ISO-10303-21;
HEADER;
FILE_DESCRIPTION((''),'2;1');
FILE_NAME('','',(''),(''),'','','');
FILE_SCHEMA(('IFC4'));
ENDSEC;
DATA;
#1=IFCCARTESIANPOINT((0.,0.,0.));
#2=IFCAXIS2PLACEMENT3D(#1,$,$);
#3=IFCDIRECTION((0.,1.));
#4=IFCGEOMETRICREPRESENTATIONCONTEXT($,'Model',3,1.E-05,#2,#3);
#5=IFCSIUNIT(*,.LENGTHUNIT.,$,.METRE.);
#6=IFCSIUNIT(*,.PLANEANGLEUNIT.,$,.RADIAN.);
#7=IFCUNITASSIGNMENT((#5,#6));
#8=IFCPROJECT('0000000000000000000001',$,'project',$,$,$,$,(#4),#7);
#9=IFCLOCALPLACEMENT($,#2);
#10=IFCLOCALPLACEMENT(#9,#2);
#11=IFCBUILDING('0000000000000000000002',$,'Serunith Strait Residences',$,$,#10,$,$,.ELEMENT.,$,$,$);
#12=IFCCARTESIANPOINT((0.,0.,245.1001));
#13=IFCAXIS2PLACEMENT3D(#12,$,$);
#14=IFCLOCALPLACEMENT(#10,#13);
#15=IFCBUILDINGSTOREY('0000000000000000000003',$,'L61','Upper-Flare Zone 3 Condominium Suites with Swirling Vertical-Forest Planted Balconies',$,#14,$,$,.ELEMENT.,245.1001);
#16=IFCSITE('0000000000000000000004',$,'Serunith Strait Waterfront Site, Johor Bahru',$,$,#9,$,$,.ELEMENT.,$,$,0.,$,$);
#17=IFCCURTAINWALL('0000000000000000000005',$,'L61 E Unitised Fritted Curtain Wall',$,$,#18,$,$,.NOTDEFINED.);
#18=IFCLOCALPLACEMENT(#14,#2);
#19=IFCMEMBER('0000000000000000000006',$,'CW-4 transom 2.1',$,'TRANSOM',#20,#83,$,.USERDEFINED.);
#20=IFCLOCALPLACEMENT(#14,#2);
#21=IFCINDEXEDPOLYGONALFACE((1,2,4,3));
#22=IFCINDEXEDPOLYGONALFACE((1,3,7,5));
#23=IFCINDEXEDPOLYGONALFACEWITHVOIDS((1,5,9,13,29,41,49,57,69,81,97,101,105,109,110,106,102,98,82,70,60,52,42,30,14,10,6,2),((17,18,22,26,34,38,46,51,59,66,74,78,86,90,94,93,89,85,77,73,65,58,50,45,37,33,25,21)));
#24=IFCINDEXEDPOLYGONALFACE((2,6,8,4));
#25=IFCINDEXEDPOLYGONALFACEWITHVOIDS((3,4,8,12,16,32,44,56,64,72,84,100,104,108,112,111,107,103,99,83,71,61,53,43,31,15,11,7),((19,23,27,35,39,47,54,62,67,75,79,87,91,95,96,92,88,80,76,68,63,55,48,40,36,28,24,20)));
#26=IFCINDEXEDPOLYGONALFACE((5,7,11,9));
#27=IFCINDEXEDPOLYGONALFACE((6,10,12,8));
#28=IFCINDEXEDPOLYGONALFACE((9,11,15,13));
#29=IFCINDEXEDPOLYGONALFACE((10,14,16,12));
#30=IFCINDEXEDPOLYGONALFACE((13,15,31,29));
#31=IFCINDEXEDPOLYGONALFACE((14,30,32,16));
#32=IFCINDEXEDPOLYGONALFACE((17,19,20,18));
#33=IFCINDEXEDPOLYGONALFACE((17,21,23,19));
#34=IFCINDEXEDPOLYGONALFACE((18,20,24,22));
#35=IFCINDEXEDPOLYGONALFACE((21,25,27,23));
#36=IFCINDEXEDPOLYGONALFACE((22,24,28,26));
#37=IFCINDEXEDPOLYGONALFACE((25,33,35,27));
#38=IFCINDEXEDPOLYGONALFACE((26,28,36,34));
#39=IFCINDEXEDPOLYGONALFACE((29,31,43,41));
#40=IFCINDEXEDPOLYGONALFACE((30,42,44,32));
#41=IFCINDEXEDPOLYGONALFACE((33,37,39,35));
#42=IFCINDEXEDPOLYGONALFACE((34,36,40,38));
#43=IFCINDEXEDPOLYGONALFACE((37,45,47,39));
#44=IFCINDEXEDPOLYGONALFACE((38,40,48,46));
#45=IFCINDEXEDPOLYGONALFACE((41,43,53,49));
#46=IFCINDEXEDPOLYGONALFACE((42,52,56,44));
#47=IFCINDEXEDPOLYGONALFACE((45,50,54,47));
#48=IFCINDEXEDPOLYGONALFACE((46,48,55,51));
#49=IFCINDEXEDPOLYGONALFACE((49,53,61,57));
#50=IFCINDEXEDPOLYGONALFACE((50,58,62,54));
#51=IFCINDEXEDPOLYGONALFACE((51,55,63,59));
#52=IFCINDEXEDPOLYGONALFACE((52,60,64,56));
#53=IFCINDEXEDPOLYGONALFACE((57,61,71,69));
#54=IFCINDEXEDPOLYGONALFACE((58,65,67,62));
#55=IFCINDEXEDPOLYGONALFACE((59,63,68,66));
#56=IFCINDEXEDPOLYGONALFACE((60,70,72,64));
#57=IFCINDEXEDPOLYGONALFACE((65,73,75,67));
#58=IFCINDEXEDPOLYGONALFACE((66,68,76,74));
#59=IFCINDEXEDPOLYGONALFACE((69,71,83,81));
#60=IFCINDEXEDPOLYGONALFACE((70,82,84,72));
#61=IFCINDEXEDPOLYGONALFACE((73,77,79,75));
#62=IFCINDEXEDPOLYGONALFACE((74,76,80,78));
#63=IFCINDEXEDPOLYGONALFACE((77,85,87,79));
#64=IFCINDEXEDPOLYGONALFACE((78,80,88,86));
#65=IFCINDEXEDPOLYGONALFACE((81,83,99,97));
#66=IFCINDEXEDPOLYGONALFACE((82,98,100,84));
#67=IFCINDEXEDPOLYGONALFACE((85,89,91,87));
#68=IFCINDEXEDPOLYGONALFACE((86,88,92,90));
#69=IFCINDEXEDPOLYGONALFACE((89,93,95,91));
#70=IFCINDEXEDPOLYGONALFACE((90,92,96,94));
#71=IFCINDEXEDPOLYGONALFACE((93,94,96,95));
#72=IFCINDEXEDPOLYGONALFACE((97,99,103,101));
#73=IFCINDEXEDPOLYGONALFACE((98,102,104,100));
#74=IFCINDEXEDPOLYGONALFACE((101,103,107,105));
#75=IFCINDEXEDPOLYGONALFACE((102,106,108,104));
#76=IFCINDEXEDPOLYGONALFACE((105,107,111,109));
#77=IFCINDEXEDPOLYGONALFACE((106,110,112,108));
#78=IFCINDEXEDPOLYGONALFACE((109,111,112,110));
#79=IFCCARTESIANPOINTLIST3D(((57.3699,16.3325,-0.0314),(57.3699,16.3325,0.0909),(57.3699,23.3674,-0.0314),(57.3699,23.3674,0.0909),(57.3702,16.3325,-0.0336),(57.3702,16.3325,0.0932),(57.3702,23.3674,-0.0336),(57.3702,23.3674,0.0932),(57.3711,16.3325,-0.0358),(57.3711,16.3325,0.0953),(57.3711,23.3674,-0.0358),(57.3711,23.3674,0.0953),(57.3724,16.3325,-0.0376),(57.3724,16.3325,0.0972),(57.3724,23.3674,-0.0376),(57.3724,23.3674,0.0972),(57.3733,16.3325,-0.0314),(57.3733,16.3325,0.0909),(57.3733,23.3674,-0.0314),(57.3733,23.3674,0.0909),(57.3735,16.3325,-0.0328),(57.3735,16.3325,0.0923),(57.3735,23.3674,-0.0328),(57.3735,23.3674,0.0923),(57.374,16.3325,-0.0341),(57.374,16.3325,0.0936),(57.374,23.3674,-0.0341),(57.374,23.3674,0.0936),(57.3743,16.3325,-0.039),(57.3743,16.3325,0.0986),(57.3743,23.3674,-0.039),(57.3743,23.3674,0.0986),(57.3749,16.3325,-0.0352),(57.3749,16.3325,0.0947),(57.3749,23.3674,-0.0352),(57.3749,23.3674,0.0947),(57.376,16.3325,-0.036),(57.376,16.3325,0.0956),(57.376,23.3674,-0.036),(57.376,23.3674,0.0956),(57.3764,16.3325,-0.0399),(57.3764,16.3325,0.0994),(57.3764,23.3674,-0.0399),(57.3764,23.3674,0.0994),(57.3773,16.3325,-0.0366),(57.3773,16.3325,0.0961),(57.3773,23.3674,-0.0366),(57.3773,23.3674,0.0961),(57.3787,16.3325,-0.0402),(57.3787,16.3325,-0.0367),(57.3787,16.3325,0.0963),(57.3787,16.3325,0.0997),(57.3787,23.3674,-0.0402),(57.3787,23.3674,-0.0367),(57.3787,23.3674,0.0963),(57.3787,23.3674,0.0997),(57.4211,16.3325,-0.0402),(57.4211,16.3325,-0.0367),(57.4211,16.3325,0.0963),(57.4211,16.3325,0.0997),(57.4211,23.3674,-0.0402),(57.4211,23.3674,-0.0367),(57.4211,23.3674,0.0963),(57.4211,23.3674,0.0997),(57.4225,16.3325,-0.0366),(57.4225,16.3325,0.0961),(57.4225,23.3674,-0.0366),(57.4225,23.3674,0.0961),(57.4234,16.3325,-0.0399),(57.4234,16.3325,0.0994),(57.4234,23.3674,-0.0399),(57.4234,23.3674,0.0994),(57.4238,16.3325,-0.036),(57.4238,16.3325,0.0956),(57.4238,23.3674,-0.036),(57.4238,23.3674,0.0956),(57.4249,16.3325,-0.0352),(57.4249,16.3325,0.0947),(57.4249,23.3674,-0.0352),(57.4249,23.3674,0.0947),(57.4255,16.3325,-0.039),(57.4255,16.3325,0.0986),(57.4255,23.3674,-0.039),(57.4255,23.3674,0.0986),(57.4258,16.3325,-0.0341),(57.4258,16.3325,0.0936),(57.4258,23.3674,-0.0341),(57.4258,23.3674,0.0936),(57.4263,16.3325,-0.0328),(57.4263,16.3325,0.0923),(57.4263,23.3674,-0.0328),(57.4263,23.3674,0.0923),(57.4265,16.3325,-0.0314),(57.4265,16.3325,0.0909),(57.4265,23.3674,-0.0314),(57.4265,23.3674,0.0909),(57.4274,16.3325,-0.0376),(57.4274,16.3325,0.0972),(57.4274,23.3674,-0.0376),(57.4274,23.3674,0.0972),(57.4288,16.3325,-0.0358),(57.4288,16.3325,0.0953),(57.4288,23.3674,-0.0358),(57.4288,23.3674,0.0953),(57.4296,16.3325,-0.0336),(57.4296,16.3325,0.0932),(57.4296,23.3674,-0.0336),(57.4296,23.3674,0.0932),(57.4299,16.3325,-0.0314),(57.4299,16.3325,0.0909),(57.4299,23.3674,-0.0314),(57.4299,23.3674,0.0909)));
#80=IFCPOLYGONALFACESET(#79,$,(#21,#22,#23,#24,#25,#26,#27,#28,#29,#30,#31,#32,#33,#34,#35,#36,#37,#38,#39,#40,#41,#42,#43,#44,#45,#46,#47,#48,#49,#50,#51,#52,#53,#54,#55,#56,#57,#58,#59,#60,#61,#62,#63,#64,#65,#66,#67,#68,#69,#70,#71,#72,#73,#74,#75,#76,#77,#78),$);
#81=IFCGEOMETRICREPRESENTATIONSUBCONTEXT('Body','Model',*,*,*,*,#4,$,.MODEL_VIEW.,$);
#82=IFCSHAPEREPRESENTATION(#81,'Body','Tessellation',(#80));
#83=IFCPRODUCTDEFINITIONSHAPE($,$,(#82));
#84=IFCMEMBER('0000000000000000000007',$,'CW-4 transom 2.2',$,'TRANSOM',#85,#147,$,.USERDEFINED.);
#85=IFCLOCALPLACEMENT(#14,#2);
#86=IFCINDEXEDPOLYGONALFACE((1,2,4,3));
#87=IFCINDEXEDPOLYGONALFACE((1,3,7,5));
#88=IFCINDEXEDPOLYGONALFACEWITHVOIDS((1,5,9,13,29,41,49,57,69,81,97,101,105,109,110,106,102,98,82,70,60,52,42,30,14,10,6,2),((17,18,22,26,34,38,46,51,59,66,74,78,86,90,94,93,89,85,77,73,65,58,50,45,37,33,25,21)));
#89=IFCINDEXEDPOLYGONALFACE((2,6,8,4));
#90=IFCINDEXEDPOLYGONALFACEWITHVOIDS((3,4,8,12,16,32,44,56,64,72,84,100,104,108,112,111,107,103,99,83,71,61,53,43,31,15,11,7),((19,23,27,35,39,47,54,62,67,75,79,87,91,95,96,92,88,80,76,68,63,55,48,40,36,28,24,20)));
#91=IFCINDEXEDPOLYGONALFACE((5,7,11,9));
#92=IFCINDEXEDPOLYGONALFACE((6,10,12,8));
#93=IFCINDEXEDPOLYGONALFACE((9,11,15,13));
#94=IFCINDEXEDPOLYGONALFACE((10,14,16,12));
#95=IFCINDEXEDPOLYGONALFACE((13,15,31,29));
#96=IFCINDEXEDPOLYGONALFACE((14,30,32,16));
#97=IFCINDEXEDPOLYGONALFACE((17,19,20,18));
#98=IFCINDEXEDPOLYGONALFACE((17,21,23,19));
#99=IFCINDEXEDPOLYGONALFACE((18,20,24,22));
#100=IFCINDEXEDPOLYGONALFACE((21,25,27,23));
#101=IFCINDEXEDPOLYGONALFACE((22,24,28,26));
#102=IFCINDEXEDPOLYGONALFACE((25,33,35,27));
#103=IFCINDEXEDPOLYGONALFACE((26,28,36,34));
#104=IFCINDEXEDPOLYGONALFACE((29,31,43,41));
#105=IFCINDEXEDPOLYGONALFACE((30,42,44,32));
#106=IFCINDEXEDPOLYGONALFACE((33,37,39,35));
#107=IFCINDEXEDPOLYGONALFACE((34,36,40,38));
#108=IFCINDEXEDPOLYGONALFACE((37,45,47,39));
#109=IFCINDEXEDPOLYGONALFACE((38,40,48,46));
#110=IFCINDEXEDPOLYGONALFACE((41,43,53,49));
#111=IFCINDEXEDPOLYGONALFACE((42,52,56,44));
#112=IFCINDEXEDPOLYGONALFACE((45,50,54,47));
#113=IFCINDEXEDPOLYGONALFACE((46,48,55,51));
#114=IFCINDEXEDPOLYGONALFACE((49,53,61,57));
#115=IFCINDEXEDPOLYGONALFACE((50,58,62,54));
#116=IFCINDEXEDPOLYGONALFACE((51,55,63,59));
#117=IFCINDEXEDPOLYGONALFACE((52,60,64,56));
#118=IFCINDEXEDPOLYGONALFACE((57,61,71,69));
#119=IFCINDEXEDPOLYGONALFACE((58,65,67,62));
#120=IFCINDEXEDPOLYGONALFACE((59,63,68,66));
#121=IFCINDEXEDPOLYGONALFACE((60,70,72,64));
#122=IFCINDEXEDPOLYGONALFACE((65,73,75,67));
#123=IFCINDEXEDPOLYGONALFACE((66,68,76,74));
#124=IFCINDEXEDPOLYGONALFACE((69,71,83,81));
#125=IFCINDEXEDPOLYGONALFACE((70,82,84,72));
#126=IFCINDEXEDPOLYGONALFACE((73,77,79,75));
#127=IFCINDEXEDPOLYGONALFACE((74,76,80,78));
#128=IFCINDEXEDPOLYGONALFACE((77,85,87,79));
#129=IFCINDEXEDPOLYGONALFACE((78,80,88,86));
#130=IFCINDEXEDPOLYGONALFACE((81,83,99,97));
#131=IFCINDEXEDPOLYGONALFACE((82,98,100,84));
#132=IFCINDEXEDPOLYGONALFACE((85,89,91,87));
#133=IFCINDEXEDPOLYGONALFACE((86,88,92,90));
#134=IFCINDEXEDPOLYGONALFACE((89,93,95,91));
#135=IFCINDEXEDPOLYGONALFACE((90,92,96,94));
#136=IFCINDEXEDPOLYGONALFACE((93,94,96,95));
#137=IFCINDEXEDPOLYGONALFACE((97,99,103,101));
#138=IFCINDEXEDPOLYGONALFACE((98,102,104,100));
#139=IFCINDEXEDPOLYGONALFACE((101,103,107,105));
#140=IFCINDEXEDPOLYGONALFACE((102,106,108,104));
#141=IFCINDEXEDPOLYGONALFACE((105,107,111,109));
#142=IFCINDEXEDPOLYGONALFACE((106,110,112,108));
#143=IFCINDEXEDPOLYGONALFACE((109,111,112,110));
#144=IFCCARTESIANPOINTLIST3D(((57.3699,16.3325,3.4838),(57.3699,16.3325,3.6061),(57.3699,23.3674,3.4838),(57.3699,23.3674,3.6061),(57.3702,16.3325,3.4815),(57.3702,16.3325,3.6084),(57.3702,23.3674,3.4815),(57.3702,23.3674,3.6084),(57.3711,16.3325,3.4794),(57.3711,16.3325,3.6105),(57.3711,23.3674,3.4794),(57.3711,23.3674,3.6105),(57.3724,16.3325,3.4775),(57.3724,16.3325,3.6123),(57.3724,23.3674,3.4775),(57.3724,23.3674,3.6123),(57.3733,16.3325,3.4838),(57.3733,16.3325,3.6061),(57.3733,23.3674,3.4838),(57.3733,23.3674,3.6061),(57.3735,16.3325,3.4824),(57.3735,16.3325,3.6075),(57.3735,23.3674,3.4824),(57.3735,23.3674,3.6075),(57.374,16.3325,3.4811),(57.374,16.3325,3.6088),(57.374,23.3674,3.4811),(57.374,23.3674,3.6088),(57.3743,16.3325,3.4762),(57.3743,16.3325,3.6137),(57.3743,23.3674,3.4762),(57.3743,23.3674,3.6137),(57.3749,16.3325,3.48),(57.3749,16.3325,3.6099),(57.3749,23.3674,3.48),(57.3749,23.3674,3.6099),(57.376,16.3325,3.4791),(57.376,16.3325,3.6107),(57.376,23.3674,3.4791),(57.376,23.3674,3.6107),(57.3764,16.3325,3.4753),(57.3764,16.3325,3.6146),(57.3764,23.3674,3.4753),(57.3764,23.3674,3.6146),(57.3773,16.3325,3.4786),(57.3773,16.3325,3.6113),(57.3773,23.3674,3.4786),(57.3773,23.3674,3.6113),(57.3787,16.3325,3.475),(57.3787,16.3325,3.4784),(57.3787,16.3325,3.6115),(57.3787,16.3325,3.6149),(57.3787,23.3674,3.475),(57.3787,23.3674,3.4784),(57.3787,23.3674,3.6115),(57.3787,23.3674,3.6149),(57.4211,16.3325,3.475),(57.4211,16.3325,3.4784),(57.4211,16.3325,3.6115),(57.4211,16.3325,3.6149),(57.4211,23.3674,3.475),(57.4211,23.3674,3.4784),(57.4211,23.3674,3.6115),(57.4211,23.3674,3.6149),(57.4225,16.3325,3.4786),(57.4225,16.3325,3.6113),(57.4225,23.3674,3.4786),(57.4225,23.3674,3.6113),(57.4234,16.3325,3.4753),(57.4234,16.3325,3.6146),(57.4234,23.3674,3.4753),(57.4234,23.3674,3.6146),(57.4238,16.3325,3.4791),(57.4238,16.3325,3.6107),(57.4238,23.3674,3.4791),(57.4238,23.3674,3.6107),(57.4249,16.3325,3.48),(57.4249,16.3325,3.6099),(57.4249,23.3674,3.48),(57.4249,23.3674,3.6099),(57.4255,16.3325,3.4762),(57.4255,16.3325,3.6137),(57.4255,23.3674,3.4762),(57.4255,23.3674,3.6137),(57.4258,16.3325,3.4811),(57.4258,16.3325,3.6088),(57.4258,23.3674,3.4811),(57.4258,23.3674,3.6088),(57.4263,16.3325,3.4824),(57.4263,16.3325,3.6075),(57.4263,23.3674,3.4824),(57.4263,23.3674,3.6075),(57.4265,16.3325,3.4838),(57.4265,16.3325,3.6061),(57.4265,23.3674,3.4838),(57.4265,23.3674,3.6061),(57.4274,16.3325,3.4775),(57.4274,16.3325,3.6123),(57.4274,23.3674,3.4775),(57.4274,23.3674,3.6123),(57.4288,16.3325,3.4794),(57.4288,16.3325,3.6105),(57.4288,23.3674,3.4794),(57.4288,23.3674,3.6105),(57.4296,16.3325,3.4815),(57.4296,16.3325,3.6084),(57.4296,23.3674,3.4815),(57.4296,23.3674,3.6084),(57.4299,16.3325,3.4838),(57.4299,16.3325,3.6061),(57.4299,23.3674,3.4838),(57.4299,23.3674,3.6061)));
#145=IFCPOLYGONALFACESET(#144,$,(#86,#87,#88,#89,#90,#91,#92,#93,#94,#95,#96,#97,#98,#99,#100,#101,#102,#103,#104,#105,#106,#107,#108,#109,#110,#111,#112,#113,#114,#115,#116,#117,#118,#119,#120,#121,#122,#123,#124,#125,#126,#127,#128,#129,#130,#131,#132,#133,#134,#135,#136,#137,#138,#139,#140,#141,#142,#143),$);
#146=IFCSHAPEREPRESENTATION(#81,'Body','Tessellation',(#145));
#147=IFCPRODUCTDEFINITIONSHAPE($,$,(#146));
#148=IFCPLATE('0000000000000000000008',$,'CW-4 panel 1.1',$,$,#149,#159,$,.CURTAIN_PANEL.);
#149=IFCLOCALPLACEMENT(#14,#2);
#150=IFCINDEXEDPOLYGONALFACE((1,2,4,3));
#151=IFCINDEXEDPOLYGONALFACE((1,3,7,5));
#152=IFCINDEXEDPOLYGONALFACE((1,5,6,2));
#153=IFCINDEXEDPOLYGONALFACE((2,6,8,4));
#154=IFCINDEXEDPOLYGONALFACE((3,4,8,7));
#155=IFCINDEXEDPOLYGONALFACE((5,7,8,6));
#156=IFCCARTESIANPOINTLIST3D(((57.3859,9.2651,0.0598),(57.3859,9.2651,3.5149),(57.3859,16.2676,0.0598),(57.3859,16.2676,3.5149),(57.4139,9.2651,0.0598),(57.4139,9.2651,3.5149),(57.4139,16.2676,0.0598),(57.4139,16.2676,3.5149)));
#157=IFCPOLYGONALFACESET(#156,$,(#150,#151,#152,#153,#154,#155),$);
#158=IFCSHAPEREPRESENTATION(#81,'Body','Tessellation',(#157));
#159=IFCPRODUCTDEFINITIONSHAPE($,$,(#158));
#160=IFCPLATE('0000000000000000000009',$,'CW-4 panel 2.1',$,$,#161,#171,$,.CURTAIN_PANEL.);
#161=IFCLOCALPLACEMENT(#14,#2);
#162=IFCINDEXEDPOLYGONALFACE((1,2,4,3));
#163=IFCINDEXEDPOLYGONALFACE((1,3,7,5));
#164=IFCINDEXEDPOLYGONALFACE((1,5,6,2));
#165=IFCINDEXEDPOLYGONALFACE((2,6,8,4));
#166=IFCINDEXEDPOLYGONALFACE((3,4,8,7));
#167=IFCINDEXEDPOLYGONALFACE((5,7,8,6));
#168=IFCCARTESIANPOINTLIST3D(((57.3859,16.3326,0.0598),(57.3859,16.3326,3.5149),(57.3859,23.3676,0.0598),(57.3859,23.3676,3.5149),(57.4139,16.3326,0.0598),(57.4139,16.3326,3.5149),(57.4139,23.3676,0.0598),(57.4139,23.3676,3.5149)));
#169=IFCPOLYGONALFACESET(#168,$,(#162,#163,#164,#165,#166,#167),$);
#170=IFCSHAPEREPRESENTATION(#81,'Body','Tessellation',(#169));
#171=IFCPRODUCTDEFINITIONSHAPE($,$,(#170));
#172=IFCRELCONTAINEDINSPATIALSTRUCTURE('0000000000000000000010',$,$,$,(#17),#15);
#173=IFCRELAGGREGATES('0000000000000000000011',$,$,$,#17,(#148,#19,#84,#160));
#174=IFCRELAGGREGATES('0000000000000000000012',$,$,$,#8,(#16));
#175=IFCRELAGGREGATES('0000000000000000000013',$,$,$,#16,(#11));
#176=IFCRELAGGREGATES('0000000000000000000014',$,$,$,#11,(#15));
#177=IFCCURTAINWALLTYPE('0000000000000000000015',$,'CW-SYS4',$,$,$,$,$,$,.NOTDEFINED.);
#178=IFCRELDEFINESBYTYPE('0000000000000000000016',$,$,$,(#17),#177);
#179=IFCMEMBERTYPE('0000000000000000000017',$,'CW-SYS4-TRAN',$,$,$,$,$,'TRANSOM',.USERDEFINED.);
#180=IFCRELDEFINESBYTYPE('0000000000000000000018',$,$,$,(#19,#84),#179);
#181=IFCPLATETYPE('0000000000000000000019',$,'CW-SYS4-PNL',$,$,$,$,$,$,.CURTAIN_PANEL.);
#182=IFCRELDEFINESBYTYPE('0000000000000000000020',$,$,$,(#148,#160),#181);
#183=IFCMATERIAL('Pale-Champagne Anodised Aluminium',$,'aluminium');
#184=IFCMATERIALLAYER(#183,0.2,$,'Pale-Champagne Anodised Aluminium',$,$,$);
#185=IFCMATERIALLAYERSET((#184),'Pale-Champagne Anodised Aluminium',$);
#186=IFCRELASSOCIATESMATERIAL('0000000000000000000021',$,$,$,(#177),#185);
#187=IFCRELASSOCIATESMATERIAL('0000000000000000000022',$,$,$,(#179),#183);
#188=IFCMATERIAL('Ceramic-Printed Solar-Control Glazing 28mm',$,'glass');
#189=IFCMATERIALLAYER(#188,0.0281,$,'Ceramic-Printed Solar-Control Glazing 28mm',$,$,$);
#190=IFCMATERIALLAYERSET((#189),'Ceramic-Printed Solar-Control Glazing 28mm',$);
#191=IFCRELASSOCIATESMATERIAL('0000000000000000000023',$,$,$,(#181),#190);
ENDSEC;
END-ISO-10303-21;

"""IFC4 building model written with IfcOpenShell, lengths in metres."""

from ifc_helpers import new_model, si_unit, direction, frame, origin, origin_2d, place, context, subcontext, project, spatial, rectangle, hollow_rectangle, extrude, source, transform, mapped, material, layer, layer_set, material_profile, profile_set, type_object, element, aggregate, save


model = new_model("IFC4")

# Units and contexts
model_context = context("Model", 3, precision=1e-05, world=origin(), true_north=direction((0.0, 1.0)))
body_context = subcontext(model_context, "Body", "Model", "MODEL_VIEW")
ifc_project = project(units=[si_unit("LENGTHUNIT", "METRE"), si_unit("PLANEANGLEUNIT", "RADIAN")], contexts=[model_context])

# Site, building, storey
site_placement = place(None, origin())
site = spatial("IfcSite", under=ifc_project, at=site_placement, Name="Serunith Strait Waterfront Site, Johor Bahru", CompositionType="ELEMENT", RefElevation=0.0)
building_placement = place(site_placement, origin())
building = spatial("IfcBuilding", under=site, at=building_placement, Name="Serunith Strait Residences", CompositionType="ELEMENT")
storey_placement = place(building_placement, frame((0.0, 0.0, 245.1001)))
storey = spatial("IfcBuildingStorey", under=building, at=storey_placement, Name="L61", Description="Upper-Flare Zone 3 Condominium Suites with Swirling Vertical-Forest Planted Balconies", CompositionType="ELEMENT", Elevation=245.1001)

# Curtain wall, members, plates
ifc_material_1 = material(Name="Pale-Champagne Anodised Aluminium", Category="aluminium")
ifc_layer_1 = layer(ifc_material_1, 0.2, Name="Pale-Champagne Anodised Aluminium")
ifc_layer_set_1 = layer_set([ifc_layer_1], Name="Pale-Champagne Anodised Aluminium")
curtain_wall_type = type_object("IfcCurtainWallType", Name="CW-SYS4", PredefinedType="NOTDEFINED", material=ifc_layer_set_1)
curtain_wall_placement = place(storey_placement, origin())
curtain_wall = element("IfcCurtainWall", 1, at=curtain_wall_placement, inside=storey, type_object=curtain_wall_type, Name="L61 E Unitised Fritted Curtain Wall", PredefinedType="NOTDEFINED")
ifc_material_profile_1 = material_profile(ifc_material_1, hollow_rectangle(XDim=0.0601, YDim=0.1399, WallThickness=0.0034, InnerFilletRadius=0.0054, OuterFilletRadius=0.0088, at=origin_2d()), Name="ALU 140x60x3.5")
ifc_profile_set_1 = profile_set([ifc_material_profile_1], Name="Pale-Champagne Anodised Aluminium")
member_type_1 = type_object("IfcMemberType", Name="CW-SYS4-TRAN", ElementType="TRANSOM", PredefinedType="USERDEFINED", material=ifc_profile_set_1)
shared_shape_1 = source(origin(), body_context, "Body", "SweptSolid", [
    extrude(hollow_rectangle(XDim=0.0601, YDim=0.1399, WallThickness=0.0034, InnerFilletRadius=0.0054, OuterFilletRadius=0.0088, at=origin_2d()), origin(), (0.0, 0.0, 1.0), 7.0349),
])
member_1_placement = place(storey_placement, frame((57.3999, 16.3325, 0.0298), z_axis=(0.0, 1.0, 0.0), x_axis=(-1.0, 0.0, 0.0)))
member_1 = element("IfcMember", 2, at=member_1_placement, type_object=member_type_1, Name="CW-4 transom 2.1", ObjectType="TRANSOM", PredefinedType="USERDEFINED", context=body_context, shape_type="MappedRepresentation", body=[
    mapped(shared_shape_1, transform((0.0, 0.0, 0.0), scale=1.0)),
])
member_2_placement = place(storey_placement, frame((57.3999, 16.3325, 3.5449), z_axis=(0.0, 1.0, 0.0), x_axis=(-1.0, 0.0, 0.0)))
member_2 = element("IfcMember", 3, at=member_2_placement, type_object=member_type_1, Name="CW-4 transom 2.2", ObjectType="TRANSOM", PredefinedType="USERDEFINED", context=body_context, shape_type="MappedRepresentation", body=[
    mapped(shared_shape_1, transform((0.0, 0.0, 0.0), scale=1.0)),
])
ifc_material_2 = material(Name="Ceramic-Printed Solar-Control Glazing 28mm", Category="glass")
ifc_layer_2 = layer(ifc_material_2, 0.0281, Name="Ceramic-Printed Solar-Control Glazing 28mm")
ifc_layer_set_2 = layer_set([ifc_layer_2], Name="Ceramic-Printed Solar-Control Glazing 28mm")
plate_type = type_object("IfcPlateType", Name="CW-SYS4-PNL", PredefinedType="CURTAIN_PANEL", material=ifc_layer_set_2)
shared_shape_2 = source(origin(), body_context, "Body", "SweptSolid", [
    extrude(rectangle(XDim=7.0024, YDim=0.0281, at=origin_2d()), origin(), (0.0, 0.0, 1.0), 3.4551),
])
plate_1_placement = place(storey_placement, frame((57.3999, 12.7664, 0.0598), z_axis=(0.0, 0.0, 1.0), x_axis=(0.0, 1.0, 0.0)))
plate_1 = element("IfcPlate", 4, at=plate_1_placement, type_object=plate_type, Name="CW-4 panel 1.1", PredefinedType="CURTAIN_PANEL", context=body_context, shape_type="MappedRepresentation", body=[
    mapped(shared_shape_2, transform((0.0, 0.0, 0.0), scale=1.0)),
])
shared_shape_3 = source(origin(), body_context, "Body", "SweptSolid", [
    extrude(rectangle(XDim=7.0349, YDim=0.0281, at=origin_2d()), origin(), (0.0, 0.0, 1.0), 3.4551),
])
plate_2_placement = place(storey_placement, frame((57.3999, 19.8501, 0.0598), z_axis=(0.0, 0.0, 1.0), x_axis=(0.0, 1.0, 0.0)))
plate_2 = element("IfcPlate", 5, at=plate_2_placement, type_object=plate_type, Name="CW-4 panel 2.1", PredefinedType="CURTAIN_PANEL", context=body_context, shape_type="MappedRepresentation", body=[
    mapped(shared_shape_3, transform((0.0, 0.0, 0.0), scale=1.0)),
])
aggregate(curtain_wall, [plate_1, member_1, member_2, plate_2])

save(model, "model.ifc")
